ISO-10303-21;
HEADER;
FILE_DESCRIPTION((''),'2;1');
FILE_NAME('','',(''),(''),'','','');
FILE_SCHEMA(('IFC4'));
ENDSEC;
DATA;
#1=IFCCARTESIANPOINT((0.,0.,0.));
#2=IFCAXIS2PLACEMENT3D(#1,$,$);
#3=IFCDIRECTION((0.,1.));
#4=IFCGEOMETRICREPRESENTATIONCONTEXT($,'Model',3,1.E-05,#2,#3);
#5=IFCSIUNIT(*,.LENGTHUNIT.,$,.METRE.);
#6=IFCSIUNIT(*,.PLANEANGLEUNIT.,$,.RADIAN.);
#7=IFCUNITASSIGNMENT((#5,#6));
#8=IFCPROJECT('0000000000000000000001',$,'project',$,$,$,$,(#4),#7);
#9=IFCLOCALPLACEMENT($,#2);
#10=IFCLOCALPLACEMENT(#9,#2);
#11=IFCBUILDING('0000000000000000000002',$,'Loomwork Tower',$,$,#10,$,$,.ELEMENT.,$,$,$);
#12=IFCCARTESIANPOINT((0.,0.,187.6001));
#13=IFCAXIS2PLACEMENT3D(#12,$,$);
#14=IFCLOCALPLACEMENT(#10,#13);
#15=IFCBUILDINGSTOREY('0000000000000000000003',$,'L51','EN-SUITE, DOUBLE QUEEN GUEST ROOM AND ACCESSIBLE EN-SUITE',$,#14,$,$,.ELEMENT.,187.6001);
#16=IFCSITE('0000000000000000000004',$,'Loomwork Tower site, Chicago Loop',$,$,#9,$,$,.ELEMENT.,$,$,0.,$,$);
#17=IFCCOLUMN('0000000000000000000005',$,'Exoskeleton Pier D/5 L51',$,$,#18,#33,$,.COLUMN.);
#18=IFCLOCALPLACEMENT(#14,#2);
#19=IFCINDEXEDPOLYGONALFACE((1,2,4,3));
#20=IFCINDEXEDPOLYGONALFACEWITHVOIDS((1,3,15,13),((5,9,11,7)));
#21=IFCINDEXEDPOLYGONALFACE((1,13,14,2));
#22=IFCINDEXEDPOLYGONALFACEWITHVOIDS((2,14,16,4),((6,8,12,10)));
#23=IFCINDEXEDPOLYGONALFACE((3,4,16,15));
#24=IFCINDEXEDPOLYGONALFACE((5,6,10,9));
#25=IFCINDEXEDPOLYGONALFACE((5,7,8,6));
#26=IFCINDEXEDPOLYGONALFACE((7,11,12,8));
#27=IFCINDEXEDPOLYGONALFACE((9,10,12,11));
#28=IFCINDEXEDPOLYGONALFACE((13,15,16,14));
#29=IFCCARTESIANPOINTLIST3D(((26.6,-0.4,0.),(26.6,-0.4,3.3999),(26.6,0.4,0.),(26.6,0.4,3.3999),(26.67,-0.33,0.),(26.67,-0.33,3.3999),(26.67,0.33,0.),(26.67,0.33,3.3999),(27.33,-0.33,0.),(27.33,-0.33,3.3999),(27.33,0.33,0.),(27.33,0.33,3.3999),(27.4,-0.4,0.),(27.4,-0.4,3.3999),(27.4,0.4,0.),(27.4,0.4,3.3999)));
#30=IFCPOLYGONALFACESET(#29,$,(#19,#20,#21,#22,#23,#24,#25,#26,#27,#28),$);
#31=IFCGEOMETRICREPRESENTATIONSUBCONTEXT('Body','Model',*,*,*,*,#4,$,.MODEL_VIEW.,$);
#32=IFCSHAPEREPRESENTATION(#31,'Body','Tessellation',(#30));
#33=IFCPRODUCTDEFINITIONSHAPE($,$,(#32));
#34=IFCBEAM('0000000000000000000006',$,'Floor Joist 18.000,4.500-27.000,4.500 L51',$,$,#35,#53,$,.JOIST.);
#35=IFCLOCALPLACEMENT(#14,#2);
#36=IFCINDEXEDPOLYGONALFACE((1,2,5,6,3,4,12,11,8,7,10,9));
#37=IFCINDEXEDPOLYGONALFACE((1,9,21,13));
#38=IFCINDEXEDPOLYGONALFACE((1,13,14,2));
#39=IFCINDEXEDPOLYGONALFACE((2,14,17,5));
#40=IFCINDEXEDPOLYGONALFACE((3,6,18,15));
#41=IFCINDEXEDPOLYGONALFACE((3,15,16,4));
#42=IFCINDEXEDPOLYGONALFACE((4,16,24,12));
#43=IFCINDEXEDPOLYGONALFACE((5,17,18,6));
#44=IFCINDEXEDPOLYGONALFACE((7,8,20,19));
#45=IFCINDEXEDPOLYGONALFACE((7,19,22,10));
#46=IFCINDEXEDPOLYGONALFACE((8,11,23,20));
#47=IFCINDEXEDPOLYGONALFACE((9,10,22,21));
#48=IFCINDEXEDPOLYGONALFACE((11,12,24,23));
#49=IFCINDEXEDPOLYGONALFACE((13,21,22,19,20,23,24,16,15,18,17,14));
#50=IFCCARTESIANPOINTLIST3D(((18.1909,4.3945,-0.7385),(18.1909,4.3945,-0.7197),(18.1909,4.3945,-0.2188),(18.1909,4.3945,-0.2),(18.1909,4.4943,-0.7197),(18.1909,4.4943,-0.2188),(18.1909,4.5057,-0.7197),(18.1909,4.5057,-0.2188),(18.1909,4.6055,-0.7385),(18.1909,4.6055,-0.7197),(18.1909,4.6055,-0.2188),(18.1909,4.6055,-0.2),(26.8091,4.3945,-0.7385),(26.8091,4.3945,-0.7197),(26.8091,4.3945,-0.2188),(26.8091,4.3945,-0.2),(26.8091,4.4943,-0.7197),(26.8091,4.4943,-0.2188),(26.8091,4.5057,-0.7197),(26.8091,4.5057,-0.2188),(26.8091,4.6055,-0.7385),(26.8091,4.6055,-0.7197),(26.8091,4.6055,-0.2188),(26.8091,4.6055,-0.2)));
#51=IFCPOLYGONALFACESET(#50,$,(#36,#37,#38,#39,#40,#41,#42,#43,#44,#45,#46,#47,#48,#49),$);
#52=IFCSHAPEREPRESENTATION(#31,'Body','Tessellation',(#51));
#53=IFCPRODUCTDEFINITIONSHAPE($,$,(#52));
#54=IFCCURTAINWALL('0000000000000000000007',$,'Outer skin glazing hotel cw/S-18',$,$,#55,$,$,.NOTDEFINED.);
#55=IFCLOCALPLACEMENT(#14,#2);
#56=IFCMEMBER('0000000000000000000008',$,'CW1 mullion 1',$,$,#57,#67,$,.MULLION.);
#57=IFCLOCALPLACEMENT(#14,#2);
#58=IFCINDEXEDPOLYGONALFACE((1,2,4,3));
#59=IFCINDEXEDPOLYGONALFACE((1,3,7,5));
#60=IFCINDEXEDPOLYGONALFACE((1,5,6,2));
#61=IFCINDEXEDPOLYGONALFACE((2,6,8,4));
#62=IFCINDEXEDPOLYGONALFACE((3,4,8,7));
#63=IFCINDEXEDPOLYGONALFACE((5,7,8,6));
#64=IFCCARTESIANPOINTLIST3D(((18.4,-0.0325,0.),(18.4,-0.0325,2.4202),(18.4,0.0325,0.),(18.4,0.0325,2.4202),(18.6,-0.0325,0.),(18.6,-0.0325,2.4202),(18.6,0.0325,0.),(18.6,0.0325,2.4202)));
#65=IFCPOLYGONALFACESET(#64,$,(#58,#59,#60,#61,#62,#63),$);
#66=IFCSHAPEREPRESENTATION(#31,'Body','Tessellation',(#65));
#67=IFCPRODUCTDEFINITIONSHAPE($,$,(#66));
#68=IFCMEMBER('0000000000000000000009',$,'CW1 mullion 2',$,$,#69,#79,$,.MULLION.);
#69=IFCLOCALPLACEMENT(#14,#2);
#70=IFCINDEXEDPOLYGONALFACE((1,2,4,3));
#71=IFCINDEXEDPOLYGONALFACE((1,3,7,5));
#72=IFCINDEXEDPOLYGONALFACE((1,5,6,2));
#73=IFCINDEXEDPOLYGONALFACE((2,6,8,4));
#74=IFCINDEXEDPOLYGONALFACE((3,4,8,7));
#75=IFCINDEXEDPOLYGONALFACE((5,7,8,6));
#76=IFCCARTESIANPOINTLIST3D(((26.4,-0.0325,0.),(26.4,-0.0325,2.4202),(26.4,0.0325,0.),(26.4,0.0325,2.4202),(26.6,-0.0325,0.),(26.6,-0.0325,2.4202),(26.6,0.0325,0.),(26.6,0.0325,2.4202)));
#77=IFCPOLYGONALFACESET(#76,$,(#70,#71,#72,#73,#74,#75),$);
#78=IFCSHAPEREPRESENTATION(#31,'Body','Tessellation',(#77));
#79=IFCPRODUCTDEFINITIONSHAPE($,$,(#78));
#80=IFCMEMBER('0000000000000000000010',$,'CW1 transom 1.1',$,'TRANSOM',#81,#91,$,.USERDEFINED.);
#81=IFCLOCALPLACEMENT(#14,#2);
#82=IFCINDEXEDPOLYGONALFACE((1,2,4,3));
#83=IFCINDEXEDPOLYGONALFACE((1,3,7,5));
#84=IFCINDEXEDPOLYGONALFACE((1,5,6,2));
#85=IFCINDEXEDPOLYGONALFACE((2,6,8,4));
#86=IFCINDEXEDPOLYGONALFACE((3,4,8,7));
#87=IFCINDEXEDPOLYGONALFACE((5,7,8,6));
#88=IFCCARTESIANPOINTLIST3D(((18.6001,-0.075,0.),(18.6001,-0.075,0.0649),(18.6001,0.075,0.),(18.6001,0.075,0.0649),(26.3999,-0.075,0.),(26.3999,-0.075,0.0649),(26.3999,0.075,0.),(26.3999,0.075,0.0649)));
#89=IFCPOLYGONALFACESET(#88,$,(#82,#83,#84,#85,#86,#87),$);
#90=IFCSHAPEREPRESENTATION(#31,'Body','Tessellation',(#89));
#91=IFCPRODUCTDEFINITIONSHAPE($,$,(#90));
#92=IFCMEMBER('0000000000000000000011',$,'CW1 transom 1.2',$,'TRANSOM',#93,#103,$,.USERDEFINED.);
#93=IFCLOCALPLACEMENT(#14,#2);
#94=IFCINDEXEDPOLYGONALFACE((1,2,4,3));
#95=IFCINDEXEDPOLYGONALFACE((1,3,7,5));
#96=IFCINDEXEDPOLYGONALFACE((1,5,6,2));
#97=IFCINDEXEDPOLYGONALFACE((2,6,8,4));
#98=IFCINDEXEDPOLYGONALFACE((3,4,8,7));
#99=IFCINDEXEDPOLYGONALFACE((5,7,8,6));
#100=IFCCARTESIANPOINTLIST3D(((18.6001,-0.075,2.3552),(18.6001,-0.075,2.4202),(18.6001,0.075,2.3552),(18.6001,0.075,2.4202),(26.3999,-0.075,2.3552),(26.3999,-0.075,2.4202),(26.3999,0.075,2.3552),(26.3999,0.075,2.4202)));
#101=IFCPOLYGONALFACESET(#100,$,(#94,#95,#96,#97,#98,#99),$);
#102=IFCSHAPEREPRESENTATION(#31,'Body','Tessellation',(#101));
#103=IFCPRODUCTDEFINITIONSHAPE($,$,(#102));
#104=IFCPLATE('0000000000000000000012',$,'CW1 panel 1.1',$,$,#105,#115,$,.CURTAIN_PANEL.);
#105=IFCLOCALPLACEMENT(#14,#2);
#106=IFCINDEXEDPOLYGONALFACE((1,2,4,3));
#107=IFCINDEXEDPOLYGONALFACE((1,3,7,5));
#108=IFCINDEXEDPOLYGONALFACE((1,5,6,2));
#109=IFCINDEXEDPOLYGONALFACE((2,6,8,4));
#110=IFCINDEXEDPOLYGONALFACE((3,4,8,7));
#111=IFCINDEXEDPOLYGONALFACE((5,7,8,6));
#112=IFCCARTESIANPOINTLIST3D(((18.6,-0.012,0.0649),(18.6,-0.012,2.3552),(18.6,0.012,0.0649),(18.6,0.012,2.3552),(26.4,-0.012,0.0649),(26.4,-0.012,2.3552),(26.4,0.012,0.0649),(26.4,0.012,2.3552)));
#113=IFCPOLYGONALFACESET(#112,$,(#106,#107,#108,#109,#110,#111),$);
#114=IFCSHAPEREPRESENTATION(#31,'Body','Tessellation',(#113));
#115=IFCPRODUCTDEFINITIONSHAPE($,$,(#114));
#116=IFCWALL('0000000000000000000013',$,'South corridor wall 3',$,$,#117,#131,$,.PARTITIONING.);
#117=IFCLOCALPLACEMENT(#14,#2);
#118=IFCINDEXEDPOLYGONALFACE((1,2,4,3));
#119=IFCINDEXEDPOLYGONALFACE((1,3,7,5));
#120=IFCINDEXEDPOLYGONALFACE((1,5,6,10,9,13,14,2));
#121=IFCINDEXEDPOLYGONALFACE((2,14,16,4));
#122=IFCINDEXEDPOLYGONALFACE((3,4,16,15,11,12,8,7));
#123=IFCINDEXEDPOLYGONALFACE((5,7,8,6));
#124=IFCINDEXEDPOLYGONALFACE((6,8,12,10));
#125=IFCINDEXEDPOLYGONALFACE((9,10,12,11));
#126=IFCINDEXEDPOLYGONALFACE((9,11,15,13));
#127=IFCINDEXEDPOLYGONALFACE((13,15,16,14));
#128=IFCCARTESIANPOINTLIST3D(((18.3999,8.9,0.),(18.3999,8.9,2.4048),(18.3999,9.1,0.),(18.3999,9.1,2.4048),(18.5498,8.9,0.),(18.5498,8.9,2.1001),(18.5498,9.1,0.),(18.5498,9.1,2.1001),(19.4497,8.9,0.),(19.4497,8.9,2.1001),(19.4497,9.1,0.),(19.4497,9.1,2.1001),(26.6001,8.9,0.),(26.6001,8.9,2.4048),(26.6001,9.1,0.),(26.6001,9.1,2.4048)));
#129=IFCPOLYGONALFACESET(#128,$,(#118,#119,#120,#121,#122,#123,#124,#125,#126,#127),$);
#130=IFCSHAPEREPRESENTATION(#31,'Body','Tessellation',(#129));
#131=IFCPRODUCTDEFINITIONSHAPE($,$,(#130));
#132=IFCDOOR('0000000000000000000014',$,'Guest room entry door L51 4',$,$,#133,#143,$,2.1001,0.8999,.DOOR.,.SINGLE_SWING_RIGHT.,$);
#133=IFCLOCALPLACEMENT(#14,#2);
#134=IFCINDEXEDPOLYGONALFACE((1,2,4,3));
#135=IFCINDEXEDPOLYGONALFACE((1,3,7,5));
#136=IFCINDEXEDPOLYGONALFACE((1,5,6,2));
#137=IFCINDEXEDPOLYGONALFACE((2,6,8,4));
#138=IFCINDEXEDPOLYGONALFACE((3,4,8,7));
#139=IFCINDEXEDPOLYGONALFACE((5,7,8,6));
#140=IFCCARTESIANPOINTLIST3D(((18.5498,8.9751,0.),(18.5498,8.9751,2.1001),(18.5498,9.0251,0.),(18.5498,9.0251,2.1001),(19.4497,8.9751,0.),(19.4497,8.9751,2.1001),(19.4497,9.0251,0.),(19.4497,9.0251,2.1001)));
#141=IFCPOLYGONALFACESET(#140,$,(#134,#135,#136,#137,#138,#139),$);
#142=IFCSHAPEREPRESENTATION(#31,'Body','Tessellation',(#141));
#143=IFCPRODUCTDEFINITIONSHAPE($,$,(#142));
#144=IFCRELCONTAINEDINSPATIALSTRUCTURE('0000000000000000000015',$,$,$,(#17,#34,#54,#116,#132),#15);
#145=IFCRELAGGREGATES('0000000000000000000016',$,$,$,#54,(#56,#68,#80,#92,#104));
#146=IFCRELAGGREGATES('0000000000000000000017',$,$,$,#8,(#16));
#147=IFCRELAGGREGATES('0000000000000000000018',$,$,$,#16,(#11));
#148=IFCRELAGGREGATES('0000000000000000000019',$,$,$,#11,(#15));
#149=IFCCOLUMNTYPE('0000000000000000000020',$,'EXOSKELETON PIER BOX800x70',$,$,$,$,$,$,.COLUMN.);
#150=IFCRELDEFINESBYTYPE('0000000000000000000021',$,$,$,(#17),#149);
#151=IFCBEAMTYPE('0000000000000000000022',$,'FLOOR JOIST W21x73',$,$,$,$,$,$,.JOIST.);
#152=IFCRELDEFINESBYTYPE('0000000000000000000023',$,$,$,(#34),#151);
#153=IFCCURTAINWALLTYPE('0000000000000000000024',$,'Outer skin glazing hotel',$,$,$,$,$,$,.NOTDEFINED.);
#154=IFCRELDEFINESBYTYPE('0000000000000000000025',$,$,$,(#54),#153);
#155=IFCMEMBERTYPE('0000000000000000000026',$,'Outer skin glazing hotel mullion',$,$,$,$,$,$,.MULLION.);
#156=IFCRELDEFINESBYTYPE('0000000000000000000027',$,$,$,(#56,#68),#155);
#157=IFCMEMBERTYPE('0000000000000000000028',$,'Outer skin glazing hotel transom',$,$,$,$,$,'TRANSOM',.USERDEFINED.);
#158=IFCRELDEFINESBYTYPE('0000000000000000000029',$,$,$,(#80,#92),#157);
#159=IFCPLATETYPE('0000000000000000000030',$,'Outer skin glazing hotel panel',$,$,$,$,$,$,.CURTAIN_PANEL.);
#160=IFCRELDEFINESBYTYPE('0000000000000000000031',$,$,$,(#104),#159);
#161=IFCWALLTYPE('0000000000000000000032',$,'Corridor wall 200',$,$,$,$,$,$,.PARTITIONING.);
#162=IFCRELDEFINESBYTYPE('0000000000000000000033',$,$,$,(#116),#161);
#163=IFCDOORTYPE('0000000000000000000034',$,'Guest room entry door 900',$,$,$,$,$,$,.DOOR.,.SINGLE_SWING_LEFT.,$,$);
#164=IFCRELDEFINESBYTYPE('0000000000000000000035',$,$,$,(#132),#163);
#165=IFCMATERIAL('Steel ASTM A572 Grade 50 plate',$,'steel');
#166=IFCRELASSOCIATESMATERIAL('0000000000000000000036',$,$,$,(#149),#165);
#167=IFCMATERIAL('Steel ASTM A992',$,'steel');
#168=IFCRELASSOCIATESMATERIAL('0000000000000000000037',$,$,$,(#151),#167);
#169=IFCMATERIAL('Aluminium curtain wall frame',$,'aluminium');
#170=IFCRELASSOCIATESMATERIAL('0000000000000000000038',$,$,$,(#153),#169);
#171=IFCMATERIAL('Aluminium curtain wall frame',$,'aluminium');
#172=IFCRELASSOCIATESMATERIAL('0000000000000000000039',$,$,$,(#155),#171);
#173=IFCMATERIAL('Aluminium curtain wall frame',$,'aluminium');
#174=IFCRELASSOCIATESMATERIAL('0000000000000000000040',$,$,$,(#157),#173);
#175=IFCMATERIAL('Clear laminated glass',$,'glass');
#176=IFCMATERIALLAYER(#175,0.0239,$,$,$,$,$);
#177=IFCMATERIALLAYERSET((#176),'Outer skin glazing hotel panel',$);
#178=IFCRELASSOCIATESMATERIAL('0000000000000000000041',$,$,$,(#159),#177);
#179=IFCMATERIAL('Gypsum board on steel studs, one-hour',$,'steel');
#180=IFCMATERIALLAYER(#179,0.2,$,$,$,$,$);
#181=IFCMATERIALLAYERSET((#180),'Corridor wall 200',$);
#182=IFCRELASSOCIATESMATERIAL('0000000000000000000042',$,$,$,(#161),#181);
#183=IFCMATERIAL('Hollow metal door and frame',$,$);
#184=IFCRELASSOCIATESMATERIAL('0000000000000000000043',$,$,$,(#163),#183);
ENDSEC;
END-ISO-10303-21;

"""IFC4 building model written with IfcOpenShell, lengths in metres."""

from ifc_helpers import new_model, si_unit, direction, frame, frame_2d, origin, origin_2d, place, context, subcontext, project, spatial, rectangle, hollow_rectangle, i_section, extrude, material, layer, layer_set, material_profile, profile_set, type_object, element, fill, aggregate, save


model = new_model("IFC4")

# Units and contexts
model_context = context("Model", 3, precision=1e-05, world=origin(), true_north=direction((0.0, 1.0)))
body_context = subcontext(model_context, "Body", "Model", "MODEL_VIEW")
ifc_project = project(units=[si_unit("LENGTHUNIT", "METRE"), si_unit("PLANEANGLEUNIT", "RADIAN")], contexts=[model_context])

# Site, building, storey
site_placement = place(None, origin())
site = spatial("IfcSite", under=ifc_project, at=site_placement, Name="Loomwork Tower site, Chicago Loop", CompositionType="ELEMENT", RefElevation=0.0)
building_placement = place(site_placement, origin())
building = spatial("IfcBuilding", under=site, at=building_placement, Name="Loomwork Tower", CompositionType="ELEMENT")
storey_placement = place(building_placement, frame((0.0, 0.0, 187.6001)))
storey = spatial("IfcBuildingStorey", under=building, at=storey_placement, Name="L51", Description="EN-SUITE, DOUBLE QUEEN GUEST ROOM AND ACCESSIBLE EN-SUITE", CompositionType="ELEMENT", Elevation=187.6001)

# Column
ifc_material_1 = material(Name="Steel ASTM A572 Grade 50 plate", Category="steel")
ifc_material_profile_1 = material_profile(ifc_material_1, hollow_rectangle(XDim=0.8, YDim=0.8, WallThickness=0.0701, at=origin_2d()), Name="BOX800x70")
ifc_profile_set_1 = profile_set([ifc_material_profile_1], Name="Steel ASTM A572 Grade 50 plate")
column_type = type_object("IfcColumnType", Name="EXOSKELETON PIER BOX800x70", PredefinedType="COLUMN", material=ifc_profile_set_1)
column_placement = place(storey_placement, frame((27.0, 0.0, 0.0), z_axis=(0.0, 0.0, 1.0), x_axis=(1.0, 0.0, 0.0)))
element("IfcColumn", 1, at=column_placement, inside=storey, type_object=column_type, Name="Exoskeleton Pier D/5 L51", PredefinedType="COLUMN", context=body_context, shape_type="SweptSolid", body=[
    extrude(hollow_rectangle(XDim=0.8, YDim=0.8, WallThickness=0.0701, at=origin_2d()), origin(), (0.0, 0.0, 1.0), 3.3999),
])

# Beam
ifc_material_2 = material(Name="Steel ASTM A992", Category="steel")
ifc_material_profile_2 = material_profile(ifc_material_2, i_section(OverallWidth=0.2109, OverallDepth=0.5386, WebThickness=0.0115, FlangeThickness=0.0188, at=origin_2d()), Name="W21x73")
ifc_profile_set_2 = profile_set([ifc_material_profile_2], Name="Steel ASTM A992")
beam_type = type_object("IfcBeamType", Name="FLOOR JOIST W21x73", PredefinedType="JOIST", material=ifc_profile_set_2)
beam_placement = place(storey_placement, frame((18.1909, 4.5, -0.4692), z_axis=(1.0, 0.0, 0.0), x_axis=(0.0, 1.0, 0.0)))
element("IfcBeam", 2, at=beam_placement, inside=storey, type_object=beam_type, Name="Floor Joist 18.000,4.500-27.000,4.500 L51", PredefinedType="JOIST", context=body_context, shape_type="SweptSolid", body=[
    extrude(i_section(OverallWidth=0.2109, OverallDepth=0.5386, WebThickness=0.0115, FlangeThickness=0.0188, at=origin_2d()), origin(), (0.0, 0.0, 1.0), 8.6182),
])

# Curtain wall, members, plate
ifc_material_3 = material(Name="Aluminium curtain wall frame", Category="aluminium")
curtain_wall_type = type_object("IfcCurtainWallType", Name="Outer skin glazing hotel", PredefinedType="NOTDEFINED", material=ifc_material_3)
curtain_wall_placement = place(storey_placement, origin())
curtain_wall = element("IfcCurtainWall", 3, at=curtain_wall_placement, inside=storey, type_object=curtain_wall_type, Name="Outer skin glazing hotel cw/S-18", PredefinedType="NOTDEFINED")
ifc_material_4 = material(Name="Aluminium curtain wall frame", Category="aluminium")
ifc_material_profile_3 = material_profile(ifc_material_4, rectangle(XDim=0.0649, YDim=0.2, at=origin_2d()), Name="AL 65x200")
ifc_profile_set_3 = profile_set([ifc_material_profile_3], Name="Aluminium curtain wall frame")
member_type_1 = type_object("IfcMemberType", Name="Outer skin glazing hotel mullion", PredefinedType="MULLION", material=ifc_profile_set_3)
member_1_placement = place(storey_placement, frame((18.5, 0.0, 0.0), z_axis=(0.0, 0.0, 1.0), x_axis=(0.0, 1.0, 0.0)))
member_1 = element("IfcMember", 4, at=member_1_placement, type_object=member_type_1, Name="CW1 mullion 1", PredefinedType="MULLION", context=body_context, shape_type="SweptSolid", body=[
    extrude(rectangle(XDim=0.0649, YDim=0.2, at=origin_2d()), origin(), (0.0, 0.0, 1.0), 2.4202),
])
member_2_placement = place(storey_placement, frame((26.5, 0.0, 0.0), z_axis=(0.0, 0.0, 1.0), x_axis=(0.0, 1.0, 0.0)))
member_2 = element("IfcMember", 5, at=member_2_placement, type_object=member_type_1, Name="CW1 mullion 2", PredefinedType="MULLION", context=body_context, shape_type="SweptSolid", body=[
    extrude(rectangle(XDim=0.0649, YDim=0.2, at=origin_2d()), origin(), (0.0, 0.0, 1.0), 2.4202),
])
ifc_material_5 = material(Name="Aluminium curtain wall frame", Category="aluminium")
ifc_material_profile_4 = material_profile(ifc_material_5, rectangle(XDim=0.1499, YDim=0.0649, at=origin_2d()), Name="AL 65x150")
ifc_profile_set_4 = profile_set([ifc_material_profile_4], Name="Aluminium curtain wall frame")
member_type_2 = type_object("IfcMemberType", Name="Outer skin glazing hotel transom", ElementType="TRANSOM", PredefinedType="USERDEFINED", material=ifc_profile_set_4)
member_3_placement = place(storey_placement, frame((18.6001, 0.0, 0.0325), z_axis=(1.0, 0.0, 0.0), x_axis=(0.0, 1.0, 0.0)))
member_3 = element("IfcMember", 6, at=member_3_placement, type_object=member_type_2, Name="CW1 transom 1.1", ObjectType="TRANSOM", PredefinedType="USERDEFINED", context=body_context, shape_type="SweptSolid", body=[
    extrude(rectangle(XDim=0.1499, YDim=0.0649, at=origin_2d()), origin(), (0.0, 0.0, 1.0), 7.7998),
])
member_4_placement = place(storey_placement, frame((18.6001, 0.0, 2.3877), z_axis=(1.0, 0.0, 0.0), x_axis=(0.0, 1.0, 0.0)))
member_4 = element("IfcMember", 7, at=member_4_placement, type_object=member_type_2, Name="CW1 transom 1.2", ObjectType="TRANSOM", PredefinedType="USERDEFINED", context=body_context, shape_type="SweptSolid", body=[
    extrude(rectangle(XDim=0.1499, YDim=0.0649, at=origin_2d()), origin(), (0.0, 0.0, 1.0), 7.7998),
])
ifc_material_6 = material(Name="Clear laminated glass", Category="glass")
ifc_layer_1 = layer(ifc_material_6, 0.0239)
ifc_layer_set_1 = layer_set([ifc_layer_1], Name="Outer skin glazing hotel panel")
plate_type = type_object("IfcPlateType", Name="Outer skin glazing hotel panel", PredefinedType="CURTAIN_PANEL", material=ifc_layer_set_1)
plate_placement = place(storey_placement, frame((22.5, 0.0, 0.0649), z_axis=(0.0, 0.0, 1.0), x_axis=(1.0, 0.0, 0.0)))
plate = element("IfcPlate", 8, at=plate_placement, type_object=plate_type, Name="CW1 panel 1.1", PredefinedType="CURTAIN_PANEL", context=body_context, shape_type="SweptSolid", body=[
    extrude(rectangle(XDim=7.8, YDim=0.0239, at=origin_2d()), origin(), (0.0, 0.0, 1.0), 2.2903),
])
aggregate(curtain_wall, [member_1, member_2, member_3, member_4, plate])

# Wall, opening, door
ifc_material_7 = material(Name="Gypsum board on steel studs, one-hour", Category="steel")
ifc_layer_2 = layer(ifc_material_7, 0.2)
ifc_layer_set_2 = layer_set([ifc_layer_2], Name="Corridor wall 200")
wall_type_1 = type_object("IfcWallType", Name="Corridor wall 200", PredefinedType="PARTITIONING", material=ifc_layer_set_2)
wall_1_placement = place(storey_placement, frame((18.3999, 9.0, 0.0), z_axis=(0.0, 0.0, 1.0), x_axis=(1.0, 0.0, 0.0)))
wall_1 = element("IfcWall", 9, at=wall_1_placement, inside=storey, type_object=wall_type_1, Name="South corridor wall 3", PredefinedType="PARTITIONING", context=body_context, shape_type="SweptSolid", body=[
    extrude(rectangle(XDim=8.2002, YDim=0.2, at=frame_2d((4.1001, 0.0))), origin(), (0.0, 0.0, 1.0), 2.4048),
])
opening_1_placement = place(wall_1_placement, frame((0.1499, 0.0, 0.0)))
opening_1 = element("IfcOpeningElement", 10, at=opening_1_placement, cuts=wall_1, PredefinedType="OPENING", context=body_context, shape_type="SweptSolid", body=[
    extrude(rectangle(XDim=0.8999, YDim=2.1001, at=frame_2d((0.45, 1.05))), frame((0.0, 0.1099, 0.0), z_axis=(0.0, -1.0, 0.0), x_axis=(1.0, 0.0, 0.0)), (0.0, 0.0, 1.0), 0.22),
])
ifc_material_8 = material(Name="Hollow metal door and frame")
door_type_1 = type_object("IfcDoorType", Name="Guest room entry door 900", OperationType="SINGLE_SWING_LEFT", PredefinedType="DOOR", material=ifc_material_8)
door_1_placement = place(opening_1_placement, frame((0.8999, 0.0, 0.0), z_axis=(0.0, 0.0, 1.0), x_axis=(-1.0, 0.0, 0.0)))
door_1 = element("IfcDoor", 11, at=door_1_placement, inside=storey, type_object=door_type_1, Name="Guest room entry door L51 4", OperationType="SINGLE_SWING_RIGHT", OverallHeight=2.1001, OverallWidth=0.8999, PredefinedType="DOOR", context=body_context, shape_type="SweptSolid", body=[
    extrude(rectangle(XDim=0.8999, YDim=2.1001, at=frame_2d((0.45, 1.05))), frame((0.0, 0.0249, 0.0), z_axis=(0.0, -1.0, 0.0), x_axis=(1.0, 0.0, 0.0)), (0.0, 0.0, 1.0), 0.05),
])
fill(opening_1, door_1)

save(model, "model.ifc")
